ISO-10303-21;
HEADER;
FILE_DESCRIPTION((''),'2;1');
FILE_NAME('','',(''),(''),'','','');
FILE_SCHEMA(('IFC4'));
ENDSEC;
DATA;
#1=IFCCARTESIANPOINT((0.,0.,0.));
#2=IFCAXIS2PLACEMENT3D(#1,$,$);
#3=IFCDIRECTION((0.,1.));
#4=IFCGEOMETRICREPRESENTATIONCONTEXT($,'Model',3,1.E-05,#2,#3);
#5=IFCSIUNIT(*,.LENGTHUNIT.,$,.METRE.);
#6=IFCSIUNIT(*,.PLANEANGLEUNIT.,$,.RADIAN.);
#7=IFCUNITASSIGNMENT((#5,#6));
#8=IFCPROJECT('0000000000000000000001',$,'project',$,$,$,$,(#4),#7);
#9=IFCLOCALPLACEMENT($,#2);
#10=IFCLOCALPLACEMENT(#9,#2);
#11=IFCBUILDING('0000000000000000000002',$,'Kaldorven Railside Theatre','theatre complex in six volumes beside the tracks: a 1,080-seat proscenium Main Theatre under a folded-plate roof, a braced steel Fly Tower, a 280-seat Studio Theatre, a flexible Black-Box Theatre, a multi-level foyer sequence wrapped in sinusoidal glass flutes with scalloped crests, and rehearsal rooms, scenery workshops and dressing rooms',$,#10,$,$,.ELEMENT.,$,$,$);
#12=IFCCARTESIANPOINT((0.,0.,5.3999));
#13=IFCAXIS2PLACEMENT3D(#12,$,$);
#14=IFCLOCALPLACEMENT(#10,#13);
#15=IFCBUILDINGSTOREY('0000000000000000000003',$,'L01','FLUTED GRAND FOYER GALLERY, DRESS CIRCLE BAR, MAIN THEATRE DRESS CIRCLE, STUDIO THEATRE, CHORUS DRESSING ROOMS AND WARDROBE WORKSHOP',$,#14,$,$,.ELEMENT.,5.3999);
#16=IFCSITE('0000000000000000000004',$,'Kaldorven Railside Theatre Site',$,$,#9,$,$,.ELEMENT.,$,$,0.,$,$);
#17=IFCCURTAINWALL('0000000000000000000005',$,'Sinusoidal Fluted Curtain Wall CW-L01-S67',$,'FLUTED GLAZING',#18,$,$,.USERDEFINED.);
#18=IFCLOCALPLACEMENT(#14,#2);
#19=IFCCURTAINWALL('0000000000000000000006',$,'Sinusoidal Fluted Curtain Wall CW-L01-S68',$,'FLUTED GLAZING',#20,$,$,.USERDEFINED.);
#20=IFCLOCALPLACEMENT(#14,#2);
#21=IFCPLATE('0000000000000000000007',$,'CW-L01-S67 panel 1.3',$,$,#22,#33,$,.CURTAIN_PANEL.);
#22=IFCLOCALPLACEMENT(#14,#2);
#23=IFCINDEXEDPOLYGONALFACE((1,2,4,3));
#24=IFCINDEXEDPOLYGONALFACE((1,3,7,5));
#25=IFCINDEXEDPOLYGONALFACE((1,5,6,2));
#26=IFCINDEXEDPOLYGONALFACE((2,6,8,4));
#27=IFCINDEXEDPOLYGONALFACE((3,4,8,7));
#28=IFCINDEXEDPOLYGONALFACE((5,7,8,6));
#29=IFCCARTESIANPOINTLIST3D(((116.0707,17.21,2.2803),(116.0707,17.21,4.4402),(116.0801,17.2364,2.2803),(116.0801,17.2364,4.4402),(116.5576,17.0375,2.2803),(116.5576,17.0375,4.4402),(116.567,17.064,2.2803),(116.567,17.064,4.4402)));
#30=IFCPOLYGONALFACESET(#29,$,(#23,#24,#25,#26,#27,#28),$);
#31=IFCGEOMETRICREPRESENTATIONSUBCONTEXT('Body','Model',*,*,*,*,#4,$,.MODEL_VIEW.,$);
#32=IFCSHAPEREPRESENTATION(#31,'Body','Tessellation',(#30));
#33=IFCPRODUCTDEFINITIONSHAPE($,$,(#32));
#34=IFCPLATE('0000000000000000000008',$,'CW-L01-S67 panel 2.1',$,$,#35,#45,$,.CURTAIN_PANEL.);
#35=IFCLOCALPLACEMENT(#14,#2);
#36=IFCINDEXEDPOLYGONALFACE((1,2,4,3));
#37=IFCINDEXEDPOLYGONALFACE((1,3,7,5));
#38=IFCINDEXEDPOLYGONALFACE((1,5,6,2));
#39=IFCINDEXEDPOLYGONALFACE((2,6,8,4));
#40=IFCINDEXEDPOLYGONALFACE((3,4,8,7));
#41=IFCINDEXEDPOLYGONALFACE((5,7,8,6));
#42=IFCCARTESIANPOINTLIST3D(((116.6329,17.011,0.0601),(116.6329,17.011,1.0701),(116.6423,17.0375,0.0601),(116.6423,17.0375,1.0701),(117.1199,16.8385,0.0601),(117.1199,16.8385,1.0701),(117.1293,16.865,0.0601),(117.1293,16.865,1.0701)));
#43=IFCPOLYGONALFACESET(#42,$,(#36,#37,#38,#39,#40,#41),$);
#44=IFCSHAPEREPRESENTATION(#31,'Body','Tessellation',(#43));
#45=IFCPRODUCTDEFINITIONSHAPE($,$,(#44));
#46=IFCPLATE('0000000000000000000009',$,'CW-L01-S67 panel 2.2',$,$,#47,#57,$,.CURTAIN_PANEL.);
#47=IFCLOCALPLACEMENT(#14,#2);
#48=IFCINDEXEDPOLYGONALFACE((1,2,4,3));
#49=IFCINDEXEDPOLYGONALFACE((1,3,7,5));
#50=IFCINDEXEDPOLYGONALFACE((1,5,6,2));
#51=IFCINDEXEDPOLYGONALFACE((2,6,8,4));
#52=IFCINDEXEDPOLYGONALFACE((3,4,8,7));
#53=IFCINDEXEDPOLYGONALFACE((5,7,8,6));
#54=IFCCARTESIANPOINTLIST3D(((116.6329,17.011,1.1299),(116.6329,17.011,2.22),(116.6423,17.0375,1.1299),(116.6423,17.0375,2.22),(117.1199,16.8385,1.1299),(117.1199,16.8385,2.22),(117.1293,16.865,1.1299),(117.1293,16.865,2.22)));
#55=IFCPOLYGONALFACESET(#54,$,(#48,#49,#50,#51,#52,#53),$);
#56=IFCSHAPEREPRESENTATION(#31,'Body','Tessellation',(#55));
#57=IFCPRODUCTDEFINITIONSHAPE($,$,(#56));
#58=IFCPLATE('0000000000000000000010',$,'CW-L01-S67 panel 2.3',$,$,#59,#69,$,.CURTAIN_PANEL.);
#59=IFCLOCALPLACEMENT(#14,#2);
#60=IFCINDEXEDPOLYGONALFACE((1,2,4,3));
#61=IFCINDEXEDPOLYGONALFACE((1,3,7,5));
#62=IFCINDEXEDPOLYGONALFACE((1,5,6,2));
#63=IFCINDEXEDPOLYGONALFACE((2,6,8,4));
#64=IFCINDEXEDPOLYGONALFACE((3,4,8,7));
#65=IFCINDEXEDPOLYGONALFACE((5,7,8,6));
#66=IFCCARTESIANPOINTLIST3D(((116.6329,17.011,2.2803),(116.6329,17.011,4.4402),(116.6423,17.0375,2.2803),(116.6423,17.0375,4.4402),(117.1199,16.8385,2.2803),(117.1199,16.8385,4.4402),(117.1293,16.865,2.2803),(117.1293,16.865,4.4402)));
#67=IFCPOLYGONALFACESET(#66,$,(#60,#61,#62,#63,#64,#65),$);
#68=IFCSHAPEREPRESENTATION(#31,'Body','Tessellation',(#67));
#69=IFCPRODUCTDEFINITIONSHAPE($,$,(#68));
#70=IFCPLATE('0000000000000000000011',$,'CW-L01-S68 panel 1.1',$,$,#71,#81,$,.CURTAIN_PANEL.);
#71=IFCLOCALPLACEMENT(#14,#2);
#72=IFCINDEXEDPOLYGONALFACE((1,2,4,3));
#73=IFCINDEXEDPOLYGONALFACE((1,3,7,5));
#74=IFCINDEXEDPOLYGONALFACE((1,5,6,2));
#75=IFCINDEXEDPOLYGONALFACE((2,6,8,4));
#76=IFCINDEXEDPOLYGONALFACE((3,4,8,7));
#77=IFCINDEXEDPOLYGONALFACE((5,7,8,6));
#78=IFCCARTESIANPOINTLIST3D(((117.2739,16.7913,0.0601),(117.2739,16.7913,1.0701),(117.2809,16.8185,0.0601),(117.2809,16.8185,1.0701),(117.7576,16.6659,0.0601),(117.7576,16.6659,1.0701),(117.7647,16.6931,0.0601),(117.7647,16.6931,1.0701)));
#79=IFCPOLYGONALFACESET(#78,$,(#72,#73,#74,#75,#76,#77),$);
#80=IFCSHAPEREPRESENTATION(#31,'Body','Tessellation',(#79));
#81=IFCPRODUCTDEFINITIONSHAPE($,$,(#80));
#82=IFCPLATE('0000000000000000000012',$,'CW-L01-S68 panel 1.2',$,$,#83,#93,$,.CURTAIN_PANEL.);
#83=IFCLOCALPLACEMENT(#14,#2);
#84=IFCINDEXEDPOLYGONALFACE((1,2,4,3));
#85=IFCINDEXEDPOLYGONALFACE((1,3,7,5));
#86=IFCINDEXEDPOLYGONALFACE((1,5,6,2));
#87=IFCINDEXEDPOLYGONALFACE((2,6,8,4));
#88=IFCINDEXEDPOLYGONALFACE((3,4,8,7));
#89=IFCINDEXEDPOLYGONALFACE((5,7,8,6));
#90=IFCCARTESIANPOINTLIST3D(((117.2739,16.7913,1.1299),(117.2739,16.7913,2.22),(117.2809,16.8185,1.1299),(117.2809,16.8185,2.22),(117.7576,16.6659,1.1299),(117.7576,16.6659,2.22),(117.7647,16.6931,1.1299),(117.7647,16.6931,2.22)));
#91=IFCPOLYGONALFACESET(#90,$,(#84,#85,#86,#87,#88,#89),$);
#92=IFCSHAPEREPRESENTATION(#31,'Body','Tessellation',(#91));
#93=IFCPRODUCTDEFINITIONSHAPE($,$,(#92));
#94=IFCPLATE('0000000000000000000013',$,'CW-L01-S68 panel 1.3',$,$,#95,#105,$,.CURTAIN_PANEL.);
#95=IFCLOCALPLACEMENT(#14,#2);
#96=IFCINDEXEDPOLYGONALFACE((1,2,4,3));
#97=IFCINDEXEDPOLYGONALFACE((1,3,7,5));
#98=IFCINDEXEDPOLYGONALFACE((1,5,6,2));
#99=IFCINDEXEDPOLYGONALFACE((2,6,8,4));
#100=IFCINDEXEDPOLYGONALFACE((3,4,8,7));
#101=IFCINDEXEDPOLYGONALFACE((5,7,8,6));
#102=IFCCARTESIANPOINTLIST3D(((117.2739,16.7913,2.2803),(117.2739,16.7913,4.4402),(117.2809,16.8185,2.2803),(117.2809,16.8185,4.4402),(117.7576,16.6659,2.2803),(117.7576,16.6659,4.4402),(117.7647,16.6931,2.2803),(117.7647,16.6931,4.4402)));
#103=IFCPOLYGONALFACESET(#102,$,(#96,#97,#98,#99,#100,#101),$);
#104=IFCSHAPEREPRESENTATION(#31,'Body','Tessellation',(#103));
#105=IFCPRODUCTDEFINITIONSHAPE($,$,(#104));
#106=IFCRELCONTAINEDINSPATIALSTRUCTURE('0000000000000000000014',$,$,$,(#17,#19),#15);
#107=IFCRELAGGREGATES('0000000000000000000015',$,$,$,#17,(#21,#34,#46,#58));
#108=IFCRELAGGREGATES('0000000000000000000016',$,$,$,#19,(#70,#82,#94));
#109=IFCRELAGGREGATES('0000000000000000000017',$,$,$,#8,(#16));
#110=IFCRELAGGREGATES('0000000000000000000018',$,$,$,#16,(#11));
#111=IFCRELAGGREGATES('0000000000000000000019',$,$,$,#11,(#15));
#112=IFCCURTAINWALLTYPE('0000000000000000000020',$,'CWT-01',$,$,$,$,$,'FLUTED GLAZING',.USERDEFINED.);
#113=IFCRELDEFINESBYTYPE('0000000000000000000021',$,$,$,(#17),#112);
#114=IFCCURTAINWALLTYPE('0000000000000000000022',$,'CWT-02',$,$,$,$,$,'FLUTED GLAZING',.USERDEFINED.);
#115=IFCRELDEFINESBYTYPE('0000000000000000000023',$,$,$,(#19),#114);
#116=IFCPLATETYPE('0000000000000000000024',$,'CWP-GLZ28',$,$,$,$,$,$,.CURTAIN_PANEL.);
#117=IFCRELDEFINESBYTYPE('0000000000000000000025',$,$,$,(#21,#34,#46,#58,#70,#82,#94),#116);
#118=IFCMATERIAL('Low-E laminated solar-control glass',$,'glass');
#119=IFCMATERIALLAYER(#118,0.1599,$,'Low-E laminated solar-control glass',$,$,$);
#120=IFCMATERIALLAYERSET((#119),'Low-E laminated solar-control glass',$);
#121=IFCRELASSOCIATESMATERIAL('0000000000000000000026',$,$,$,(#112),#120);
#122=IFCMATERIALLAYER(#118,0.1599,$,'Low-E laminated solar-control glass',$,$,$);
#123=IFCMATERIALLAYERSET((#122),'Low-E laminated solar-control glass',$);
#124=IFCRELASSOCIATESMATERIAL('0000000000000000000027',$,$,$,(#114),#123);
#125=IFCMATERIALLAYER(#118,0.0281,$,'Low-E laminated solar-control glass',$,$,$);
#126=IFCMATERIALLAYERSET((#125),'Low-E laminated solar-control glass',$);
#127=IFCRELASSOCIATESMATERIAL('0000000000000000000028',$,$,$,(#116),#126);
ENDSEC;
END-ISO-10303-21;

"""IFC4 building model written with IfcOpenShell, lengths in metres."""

from ifc_helpers import new_model, si_unit, direction, frame, origin, origin_2d, place, context, subcontext, project, spatial, rectangle, extrude, material, layer, layer_set, type_object, element, aggregate, save


model = new_model("IFC4")

# Units and contexts
model_context = context("Model", 3, precision=1e-05, world=origin(), true_north=direction((0.0, 1.0)))
body_context = subcontext(model_context, "Body", "Model", "MODEL_VIEW")
ifc_project = project(units=[si_unit("LENGTHUNIT", "METRE"), si_unit("PLANEANGLEUNIT", "RADIAN")], contexts=[model_context])

# Site, building, storey
site_placement = place(None, origin())
site = spatial("IfcSite", under=ifc_project, at=site_placement, Name="Kaldorven Railside Theatre Site", CompositionType="ELEMENT", RefElevation=0.0)
building_placement = place(site_placement, origin())
building = spatial("IfcBuilding", under=site, at=building_placement, Name="Kaldorven Railside Theatre", Description="theatre complex in six volumes beside the tracks: a 1,080-seat proscenium Main Theatre under a folded-plate roof, a braced steel Fly Tower, a 280-seat Studio Theatre, a flexible Black-Box Theatre, a multi-level foyer sequence wrapped in sinusoidal glass flutes with scalloped crests, and rehearsal rooms, scenery workshops and dressing rooms", CompositionType="ELEMENT")
storey_placement = place(building_placement, frame((0.0, 0.0, 5.3999)))
storey = spatial("IfcBuildingStorey", under=building, at=storey_placement, Name="L01", Description="FLUTED GRAND FOYER GALLERY, DRESS CIRCLE BAR, MAIN THEATRE DRESS CIRCLE, STUDIO THEATRE, CHORUS DRESSING ROOMS AND WARDROBE WORKSHOP", CompositionType="ELEMENT", Elevation=5.3999)

# Curtain wall
ifc_material_1 = material(Name="Low-E laminated solar-control glass", Category="glass")
ifc_layer_1 = layer(ifc_material_1, 0.1599, Name="Low-E laminated solar-control glass")
ifc_layer_set_1 = layer_set([ifc_layer_1], Name="Low-E laminated solar-control glass")
curtain_wall_type_1 = type_object("IfcCurtainWallType", Name="CWT-01", ElementType="FLUTED GLAZING", PredefinedType="USERDEFINED", material=ifc_layer_set_1)
curtain_wall_1_placement = place(storey_placement, origin())
curtain_wall_1 = element("IfcCurtainWall", 1, at=curtain_wall_1_placement, inside=storey, type_object=curtain_wall_type_1, Name="Sinusoidal Fluted Curtain Wall CW-L01-S67", ObjectType="FLUTED GLAZING", PredefinedType="USERDEFINED")

# Curtain wall
ifc_layer_2 = layer(ifc_material_1, 0.1599, Name="Low-E laminated solar-control glass")
ifc_layer_set_2 = layer_set([ifc_layer_2], Name="Low-E laminated solar-control glass")
curtain_wall_type_2 = type_object("IfcCurtainWallType", Name="CWT-02", ElementType="FLUTED GLAZING", PredefinedType="USERDEFINED", material=ifc_layer_set_2)
curtain_wall_2_placement = place(storey_placement, origin())
curtain_wall_2 = element("IfcCurtainWall", 2, at=curtain_wall_2_placement, inside=storey, type_object=curtain_wall_type_2, Name="Sinusoidal Fluted Curtain Wall CW-L01-S68", ObjectType="FLUTED GLAZING", PredefinedType="USERDEFINED")

# Plates
ifc_layer_3 = layer(ifc_material_1, 0.0281, Name="Low-E laminated solar-control glass")
ifc_layer_set_3 = layer_set([ifc_layer_3], Name="Low-E laminated solar-control glass")
plate_type = type_object("IfcPlateType", Name="CWP-GLZ28", PredefinedType="CURTAIN_PANEL", material=ifc_layer_set_3)
plate_1_placement = place(storey_placement, frame((116.3188, 17.137, 2.2803), z_axis=(0.0, 0.0, 1.0), x_axis=(0.942627, -0.333847, 0.0)))
plate_1 = element("IfcPlate", 3, at=plate_1_placement, type_object=plate_type, Name="CW-L01-S67 panel 1.3", PredefinedType="CURTAIN_PANEL", context=body_context, shape_type="SweptSolid", body=[
    extrude(rectangle(XDim=0.5166, YDim=0.0281, at=origin_2d()), origin(), (0.0, 0.0, 1.0), 2.1599),
])
plate_2_placement = place(storey_placement, frame((116.8811, 16.938, 0.0601), z_axis=(0.0, 0.0, 1.0), x_axis=(0.942627, -0.333847, 0.0)))
plate_2 = element("IfcPlate", 4, at=plate_2_placement, type_object=plate_type, Name="CW-L01-S67 panel 2.1", PredefinedType="CURTAIN_PANEL", context=body_context, shape_type="SweptSolid", body=[
    extrude(rectangle(XDim=0.5166, YDim=0.0281, at=origin_2d()), origin(), (0.0, 0.0, 1.0), 1.01),
])
plate_3_placement = place(storey_placement, frame((116.8811, 16.938, 1.1299), z_axis=(0.0, 0.0, 1.0), x_axis=(0.942627, -0.333847, 0.0)))
plate_3 = element("IfcPlate", 5, at=plate_3_placement, type_object=plate_type, Name="CW-L01-S67 panel 2.2", PredefinedType="CURTAIN_PANEL", context=body_context, shape_type="SweptSolid", body=[
    extrude(rectangle(XDim=0.5166, YDim=0.0281, at=origin_2d()), origin(), (0.0, 0.0, 1.0), 1.0901),
])
plate_4_placement = place(storey_placement, frame((116.8811, 16.938, 2.2803), z_axis=(0.0, 0.0, 1.0), x_axis=(0.942627, -0.333847, 0.0)))
plate_4 = element("IfcPlate", 6, at=plate_4_placement, type_object=plate_type, Name="CW-L01-S67 panel 2.3", PredefinedType="CURTAIN_PANEL", context=body_context, shape_type="SweptSolid", body=[
    extrude(rectangle(XDim=0.5166, YDim=0.0281, at=origin_2d()), origin(), (0.0, 0.0, 1.0), 2.1599),
])
aggregate(curtain_wall_1, [plate_1, plate_2, plate_3, plate_4])
plate_5_placement = place(storey_placement, frame((117.5193, 16.7422, 0.0601), z_axis=(0.0, 0.0, 1.0), x_axis=(0.967999, -0.250954, 0.0)))
plate_5 = element("IfcPlate", 7, at=plate_5_placement, type_object=plate_type, Name="CW-L01-S68 panel 1.1", PredefinedType="CURTAIN_PANEL", context=body_context, shape_type="SweptSolid", body=[
    extrude(rectangle(XDim=0.4998, YDim=0.0281, at=origin_2d()), origin(), (0.0, 0.0, 1.0), 1.01),
])
plate_6_placement = place(storey_placement, frame((117.5193, 16.7422, 1.1299), z_axis=(0.0, 0.0, 1.0), x_axis=(0.967999, -0.250954, 0.0)))
plate_6 = element("IfcPlate", 8, at=plate_6_placement, type_object=plate_type, Name="CW-L01-S68 panel 1.2", PredefinedType="CURTAIN_PANEL", context=body_context, shape_type="SweptSolid", body=[
    extrude(rectangle(XDim=0.4998, YDim=0.0281, at=origin_2d()), origin(), (0.0, 0.0, 1.0), 1.0901),
])
plate_7_placement = place(storey_placement, frame((117.5193, 16.7422, 2.2803), z_axis=(0.0, 0.0, 1.0), x_axis=(0.967999, -0.250954, 0.0)))
plate_7 = element("IfcPlate", 9, at=plate_7_placement, type_object=plate_type, Name="CW-L01-S68 panel 1.3", PredefinedType="CURTAIN_PANEL", context=body_context, shape_type="SweptSolid", body=[
    extrude(rectangle(XDim=0.4998, YDim=0.0281, at=origin_2d()), origin(), (0.0, 0.0, 1.0), 2.1599),
])
aggregate(curtain_wall_2, [plate_5, plate_6, plate_7])

save(model, "model.ifc")
